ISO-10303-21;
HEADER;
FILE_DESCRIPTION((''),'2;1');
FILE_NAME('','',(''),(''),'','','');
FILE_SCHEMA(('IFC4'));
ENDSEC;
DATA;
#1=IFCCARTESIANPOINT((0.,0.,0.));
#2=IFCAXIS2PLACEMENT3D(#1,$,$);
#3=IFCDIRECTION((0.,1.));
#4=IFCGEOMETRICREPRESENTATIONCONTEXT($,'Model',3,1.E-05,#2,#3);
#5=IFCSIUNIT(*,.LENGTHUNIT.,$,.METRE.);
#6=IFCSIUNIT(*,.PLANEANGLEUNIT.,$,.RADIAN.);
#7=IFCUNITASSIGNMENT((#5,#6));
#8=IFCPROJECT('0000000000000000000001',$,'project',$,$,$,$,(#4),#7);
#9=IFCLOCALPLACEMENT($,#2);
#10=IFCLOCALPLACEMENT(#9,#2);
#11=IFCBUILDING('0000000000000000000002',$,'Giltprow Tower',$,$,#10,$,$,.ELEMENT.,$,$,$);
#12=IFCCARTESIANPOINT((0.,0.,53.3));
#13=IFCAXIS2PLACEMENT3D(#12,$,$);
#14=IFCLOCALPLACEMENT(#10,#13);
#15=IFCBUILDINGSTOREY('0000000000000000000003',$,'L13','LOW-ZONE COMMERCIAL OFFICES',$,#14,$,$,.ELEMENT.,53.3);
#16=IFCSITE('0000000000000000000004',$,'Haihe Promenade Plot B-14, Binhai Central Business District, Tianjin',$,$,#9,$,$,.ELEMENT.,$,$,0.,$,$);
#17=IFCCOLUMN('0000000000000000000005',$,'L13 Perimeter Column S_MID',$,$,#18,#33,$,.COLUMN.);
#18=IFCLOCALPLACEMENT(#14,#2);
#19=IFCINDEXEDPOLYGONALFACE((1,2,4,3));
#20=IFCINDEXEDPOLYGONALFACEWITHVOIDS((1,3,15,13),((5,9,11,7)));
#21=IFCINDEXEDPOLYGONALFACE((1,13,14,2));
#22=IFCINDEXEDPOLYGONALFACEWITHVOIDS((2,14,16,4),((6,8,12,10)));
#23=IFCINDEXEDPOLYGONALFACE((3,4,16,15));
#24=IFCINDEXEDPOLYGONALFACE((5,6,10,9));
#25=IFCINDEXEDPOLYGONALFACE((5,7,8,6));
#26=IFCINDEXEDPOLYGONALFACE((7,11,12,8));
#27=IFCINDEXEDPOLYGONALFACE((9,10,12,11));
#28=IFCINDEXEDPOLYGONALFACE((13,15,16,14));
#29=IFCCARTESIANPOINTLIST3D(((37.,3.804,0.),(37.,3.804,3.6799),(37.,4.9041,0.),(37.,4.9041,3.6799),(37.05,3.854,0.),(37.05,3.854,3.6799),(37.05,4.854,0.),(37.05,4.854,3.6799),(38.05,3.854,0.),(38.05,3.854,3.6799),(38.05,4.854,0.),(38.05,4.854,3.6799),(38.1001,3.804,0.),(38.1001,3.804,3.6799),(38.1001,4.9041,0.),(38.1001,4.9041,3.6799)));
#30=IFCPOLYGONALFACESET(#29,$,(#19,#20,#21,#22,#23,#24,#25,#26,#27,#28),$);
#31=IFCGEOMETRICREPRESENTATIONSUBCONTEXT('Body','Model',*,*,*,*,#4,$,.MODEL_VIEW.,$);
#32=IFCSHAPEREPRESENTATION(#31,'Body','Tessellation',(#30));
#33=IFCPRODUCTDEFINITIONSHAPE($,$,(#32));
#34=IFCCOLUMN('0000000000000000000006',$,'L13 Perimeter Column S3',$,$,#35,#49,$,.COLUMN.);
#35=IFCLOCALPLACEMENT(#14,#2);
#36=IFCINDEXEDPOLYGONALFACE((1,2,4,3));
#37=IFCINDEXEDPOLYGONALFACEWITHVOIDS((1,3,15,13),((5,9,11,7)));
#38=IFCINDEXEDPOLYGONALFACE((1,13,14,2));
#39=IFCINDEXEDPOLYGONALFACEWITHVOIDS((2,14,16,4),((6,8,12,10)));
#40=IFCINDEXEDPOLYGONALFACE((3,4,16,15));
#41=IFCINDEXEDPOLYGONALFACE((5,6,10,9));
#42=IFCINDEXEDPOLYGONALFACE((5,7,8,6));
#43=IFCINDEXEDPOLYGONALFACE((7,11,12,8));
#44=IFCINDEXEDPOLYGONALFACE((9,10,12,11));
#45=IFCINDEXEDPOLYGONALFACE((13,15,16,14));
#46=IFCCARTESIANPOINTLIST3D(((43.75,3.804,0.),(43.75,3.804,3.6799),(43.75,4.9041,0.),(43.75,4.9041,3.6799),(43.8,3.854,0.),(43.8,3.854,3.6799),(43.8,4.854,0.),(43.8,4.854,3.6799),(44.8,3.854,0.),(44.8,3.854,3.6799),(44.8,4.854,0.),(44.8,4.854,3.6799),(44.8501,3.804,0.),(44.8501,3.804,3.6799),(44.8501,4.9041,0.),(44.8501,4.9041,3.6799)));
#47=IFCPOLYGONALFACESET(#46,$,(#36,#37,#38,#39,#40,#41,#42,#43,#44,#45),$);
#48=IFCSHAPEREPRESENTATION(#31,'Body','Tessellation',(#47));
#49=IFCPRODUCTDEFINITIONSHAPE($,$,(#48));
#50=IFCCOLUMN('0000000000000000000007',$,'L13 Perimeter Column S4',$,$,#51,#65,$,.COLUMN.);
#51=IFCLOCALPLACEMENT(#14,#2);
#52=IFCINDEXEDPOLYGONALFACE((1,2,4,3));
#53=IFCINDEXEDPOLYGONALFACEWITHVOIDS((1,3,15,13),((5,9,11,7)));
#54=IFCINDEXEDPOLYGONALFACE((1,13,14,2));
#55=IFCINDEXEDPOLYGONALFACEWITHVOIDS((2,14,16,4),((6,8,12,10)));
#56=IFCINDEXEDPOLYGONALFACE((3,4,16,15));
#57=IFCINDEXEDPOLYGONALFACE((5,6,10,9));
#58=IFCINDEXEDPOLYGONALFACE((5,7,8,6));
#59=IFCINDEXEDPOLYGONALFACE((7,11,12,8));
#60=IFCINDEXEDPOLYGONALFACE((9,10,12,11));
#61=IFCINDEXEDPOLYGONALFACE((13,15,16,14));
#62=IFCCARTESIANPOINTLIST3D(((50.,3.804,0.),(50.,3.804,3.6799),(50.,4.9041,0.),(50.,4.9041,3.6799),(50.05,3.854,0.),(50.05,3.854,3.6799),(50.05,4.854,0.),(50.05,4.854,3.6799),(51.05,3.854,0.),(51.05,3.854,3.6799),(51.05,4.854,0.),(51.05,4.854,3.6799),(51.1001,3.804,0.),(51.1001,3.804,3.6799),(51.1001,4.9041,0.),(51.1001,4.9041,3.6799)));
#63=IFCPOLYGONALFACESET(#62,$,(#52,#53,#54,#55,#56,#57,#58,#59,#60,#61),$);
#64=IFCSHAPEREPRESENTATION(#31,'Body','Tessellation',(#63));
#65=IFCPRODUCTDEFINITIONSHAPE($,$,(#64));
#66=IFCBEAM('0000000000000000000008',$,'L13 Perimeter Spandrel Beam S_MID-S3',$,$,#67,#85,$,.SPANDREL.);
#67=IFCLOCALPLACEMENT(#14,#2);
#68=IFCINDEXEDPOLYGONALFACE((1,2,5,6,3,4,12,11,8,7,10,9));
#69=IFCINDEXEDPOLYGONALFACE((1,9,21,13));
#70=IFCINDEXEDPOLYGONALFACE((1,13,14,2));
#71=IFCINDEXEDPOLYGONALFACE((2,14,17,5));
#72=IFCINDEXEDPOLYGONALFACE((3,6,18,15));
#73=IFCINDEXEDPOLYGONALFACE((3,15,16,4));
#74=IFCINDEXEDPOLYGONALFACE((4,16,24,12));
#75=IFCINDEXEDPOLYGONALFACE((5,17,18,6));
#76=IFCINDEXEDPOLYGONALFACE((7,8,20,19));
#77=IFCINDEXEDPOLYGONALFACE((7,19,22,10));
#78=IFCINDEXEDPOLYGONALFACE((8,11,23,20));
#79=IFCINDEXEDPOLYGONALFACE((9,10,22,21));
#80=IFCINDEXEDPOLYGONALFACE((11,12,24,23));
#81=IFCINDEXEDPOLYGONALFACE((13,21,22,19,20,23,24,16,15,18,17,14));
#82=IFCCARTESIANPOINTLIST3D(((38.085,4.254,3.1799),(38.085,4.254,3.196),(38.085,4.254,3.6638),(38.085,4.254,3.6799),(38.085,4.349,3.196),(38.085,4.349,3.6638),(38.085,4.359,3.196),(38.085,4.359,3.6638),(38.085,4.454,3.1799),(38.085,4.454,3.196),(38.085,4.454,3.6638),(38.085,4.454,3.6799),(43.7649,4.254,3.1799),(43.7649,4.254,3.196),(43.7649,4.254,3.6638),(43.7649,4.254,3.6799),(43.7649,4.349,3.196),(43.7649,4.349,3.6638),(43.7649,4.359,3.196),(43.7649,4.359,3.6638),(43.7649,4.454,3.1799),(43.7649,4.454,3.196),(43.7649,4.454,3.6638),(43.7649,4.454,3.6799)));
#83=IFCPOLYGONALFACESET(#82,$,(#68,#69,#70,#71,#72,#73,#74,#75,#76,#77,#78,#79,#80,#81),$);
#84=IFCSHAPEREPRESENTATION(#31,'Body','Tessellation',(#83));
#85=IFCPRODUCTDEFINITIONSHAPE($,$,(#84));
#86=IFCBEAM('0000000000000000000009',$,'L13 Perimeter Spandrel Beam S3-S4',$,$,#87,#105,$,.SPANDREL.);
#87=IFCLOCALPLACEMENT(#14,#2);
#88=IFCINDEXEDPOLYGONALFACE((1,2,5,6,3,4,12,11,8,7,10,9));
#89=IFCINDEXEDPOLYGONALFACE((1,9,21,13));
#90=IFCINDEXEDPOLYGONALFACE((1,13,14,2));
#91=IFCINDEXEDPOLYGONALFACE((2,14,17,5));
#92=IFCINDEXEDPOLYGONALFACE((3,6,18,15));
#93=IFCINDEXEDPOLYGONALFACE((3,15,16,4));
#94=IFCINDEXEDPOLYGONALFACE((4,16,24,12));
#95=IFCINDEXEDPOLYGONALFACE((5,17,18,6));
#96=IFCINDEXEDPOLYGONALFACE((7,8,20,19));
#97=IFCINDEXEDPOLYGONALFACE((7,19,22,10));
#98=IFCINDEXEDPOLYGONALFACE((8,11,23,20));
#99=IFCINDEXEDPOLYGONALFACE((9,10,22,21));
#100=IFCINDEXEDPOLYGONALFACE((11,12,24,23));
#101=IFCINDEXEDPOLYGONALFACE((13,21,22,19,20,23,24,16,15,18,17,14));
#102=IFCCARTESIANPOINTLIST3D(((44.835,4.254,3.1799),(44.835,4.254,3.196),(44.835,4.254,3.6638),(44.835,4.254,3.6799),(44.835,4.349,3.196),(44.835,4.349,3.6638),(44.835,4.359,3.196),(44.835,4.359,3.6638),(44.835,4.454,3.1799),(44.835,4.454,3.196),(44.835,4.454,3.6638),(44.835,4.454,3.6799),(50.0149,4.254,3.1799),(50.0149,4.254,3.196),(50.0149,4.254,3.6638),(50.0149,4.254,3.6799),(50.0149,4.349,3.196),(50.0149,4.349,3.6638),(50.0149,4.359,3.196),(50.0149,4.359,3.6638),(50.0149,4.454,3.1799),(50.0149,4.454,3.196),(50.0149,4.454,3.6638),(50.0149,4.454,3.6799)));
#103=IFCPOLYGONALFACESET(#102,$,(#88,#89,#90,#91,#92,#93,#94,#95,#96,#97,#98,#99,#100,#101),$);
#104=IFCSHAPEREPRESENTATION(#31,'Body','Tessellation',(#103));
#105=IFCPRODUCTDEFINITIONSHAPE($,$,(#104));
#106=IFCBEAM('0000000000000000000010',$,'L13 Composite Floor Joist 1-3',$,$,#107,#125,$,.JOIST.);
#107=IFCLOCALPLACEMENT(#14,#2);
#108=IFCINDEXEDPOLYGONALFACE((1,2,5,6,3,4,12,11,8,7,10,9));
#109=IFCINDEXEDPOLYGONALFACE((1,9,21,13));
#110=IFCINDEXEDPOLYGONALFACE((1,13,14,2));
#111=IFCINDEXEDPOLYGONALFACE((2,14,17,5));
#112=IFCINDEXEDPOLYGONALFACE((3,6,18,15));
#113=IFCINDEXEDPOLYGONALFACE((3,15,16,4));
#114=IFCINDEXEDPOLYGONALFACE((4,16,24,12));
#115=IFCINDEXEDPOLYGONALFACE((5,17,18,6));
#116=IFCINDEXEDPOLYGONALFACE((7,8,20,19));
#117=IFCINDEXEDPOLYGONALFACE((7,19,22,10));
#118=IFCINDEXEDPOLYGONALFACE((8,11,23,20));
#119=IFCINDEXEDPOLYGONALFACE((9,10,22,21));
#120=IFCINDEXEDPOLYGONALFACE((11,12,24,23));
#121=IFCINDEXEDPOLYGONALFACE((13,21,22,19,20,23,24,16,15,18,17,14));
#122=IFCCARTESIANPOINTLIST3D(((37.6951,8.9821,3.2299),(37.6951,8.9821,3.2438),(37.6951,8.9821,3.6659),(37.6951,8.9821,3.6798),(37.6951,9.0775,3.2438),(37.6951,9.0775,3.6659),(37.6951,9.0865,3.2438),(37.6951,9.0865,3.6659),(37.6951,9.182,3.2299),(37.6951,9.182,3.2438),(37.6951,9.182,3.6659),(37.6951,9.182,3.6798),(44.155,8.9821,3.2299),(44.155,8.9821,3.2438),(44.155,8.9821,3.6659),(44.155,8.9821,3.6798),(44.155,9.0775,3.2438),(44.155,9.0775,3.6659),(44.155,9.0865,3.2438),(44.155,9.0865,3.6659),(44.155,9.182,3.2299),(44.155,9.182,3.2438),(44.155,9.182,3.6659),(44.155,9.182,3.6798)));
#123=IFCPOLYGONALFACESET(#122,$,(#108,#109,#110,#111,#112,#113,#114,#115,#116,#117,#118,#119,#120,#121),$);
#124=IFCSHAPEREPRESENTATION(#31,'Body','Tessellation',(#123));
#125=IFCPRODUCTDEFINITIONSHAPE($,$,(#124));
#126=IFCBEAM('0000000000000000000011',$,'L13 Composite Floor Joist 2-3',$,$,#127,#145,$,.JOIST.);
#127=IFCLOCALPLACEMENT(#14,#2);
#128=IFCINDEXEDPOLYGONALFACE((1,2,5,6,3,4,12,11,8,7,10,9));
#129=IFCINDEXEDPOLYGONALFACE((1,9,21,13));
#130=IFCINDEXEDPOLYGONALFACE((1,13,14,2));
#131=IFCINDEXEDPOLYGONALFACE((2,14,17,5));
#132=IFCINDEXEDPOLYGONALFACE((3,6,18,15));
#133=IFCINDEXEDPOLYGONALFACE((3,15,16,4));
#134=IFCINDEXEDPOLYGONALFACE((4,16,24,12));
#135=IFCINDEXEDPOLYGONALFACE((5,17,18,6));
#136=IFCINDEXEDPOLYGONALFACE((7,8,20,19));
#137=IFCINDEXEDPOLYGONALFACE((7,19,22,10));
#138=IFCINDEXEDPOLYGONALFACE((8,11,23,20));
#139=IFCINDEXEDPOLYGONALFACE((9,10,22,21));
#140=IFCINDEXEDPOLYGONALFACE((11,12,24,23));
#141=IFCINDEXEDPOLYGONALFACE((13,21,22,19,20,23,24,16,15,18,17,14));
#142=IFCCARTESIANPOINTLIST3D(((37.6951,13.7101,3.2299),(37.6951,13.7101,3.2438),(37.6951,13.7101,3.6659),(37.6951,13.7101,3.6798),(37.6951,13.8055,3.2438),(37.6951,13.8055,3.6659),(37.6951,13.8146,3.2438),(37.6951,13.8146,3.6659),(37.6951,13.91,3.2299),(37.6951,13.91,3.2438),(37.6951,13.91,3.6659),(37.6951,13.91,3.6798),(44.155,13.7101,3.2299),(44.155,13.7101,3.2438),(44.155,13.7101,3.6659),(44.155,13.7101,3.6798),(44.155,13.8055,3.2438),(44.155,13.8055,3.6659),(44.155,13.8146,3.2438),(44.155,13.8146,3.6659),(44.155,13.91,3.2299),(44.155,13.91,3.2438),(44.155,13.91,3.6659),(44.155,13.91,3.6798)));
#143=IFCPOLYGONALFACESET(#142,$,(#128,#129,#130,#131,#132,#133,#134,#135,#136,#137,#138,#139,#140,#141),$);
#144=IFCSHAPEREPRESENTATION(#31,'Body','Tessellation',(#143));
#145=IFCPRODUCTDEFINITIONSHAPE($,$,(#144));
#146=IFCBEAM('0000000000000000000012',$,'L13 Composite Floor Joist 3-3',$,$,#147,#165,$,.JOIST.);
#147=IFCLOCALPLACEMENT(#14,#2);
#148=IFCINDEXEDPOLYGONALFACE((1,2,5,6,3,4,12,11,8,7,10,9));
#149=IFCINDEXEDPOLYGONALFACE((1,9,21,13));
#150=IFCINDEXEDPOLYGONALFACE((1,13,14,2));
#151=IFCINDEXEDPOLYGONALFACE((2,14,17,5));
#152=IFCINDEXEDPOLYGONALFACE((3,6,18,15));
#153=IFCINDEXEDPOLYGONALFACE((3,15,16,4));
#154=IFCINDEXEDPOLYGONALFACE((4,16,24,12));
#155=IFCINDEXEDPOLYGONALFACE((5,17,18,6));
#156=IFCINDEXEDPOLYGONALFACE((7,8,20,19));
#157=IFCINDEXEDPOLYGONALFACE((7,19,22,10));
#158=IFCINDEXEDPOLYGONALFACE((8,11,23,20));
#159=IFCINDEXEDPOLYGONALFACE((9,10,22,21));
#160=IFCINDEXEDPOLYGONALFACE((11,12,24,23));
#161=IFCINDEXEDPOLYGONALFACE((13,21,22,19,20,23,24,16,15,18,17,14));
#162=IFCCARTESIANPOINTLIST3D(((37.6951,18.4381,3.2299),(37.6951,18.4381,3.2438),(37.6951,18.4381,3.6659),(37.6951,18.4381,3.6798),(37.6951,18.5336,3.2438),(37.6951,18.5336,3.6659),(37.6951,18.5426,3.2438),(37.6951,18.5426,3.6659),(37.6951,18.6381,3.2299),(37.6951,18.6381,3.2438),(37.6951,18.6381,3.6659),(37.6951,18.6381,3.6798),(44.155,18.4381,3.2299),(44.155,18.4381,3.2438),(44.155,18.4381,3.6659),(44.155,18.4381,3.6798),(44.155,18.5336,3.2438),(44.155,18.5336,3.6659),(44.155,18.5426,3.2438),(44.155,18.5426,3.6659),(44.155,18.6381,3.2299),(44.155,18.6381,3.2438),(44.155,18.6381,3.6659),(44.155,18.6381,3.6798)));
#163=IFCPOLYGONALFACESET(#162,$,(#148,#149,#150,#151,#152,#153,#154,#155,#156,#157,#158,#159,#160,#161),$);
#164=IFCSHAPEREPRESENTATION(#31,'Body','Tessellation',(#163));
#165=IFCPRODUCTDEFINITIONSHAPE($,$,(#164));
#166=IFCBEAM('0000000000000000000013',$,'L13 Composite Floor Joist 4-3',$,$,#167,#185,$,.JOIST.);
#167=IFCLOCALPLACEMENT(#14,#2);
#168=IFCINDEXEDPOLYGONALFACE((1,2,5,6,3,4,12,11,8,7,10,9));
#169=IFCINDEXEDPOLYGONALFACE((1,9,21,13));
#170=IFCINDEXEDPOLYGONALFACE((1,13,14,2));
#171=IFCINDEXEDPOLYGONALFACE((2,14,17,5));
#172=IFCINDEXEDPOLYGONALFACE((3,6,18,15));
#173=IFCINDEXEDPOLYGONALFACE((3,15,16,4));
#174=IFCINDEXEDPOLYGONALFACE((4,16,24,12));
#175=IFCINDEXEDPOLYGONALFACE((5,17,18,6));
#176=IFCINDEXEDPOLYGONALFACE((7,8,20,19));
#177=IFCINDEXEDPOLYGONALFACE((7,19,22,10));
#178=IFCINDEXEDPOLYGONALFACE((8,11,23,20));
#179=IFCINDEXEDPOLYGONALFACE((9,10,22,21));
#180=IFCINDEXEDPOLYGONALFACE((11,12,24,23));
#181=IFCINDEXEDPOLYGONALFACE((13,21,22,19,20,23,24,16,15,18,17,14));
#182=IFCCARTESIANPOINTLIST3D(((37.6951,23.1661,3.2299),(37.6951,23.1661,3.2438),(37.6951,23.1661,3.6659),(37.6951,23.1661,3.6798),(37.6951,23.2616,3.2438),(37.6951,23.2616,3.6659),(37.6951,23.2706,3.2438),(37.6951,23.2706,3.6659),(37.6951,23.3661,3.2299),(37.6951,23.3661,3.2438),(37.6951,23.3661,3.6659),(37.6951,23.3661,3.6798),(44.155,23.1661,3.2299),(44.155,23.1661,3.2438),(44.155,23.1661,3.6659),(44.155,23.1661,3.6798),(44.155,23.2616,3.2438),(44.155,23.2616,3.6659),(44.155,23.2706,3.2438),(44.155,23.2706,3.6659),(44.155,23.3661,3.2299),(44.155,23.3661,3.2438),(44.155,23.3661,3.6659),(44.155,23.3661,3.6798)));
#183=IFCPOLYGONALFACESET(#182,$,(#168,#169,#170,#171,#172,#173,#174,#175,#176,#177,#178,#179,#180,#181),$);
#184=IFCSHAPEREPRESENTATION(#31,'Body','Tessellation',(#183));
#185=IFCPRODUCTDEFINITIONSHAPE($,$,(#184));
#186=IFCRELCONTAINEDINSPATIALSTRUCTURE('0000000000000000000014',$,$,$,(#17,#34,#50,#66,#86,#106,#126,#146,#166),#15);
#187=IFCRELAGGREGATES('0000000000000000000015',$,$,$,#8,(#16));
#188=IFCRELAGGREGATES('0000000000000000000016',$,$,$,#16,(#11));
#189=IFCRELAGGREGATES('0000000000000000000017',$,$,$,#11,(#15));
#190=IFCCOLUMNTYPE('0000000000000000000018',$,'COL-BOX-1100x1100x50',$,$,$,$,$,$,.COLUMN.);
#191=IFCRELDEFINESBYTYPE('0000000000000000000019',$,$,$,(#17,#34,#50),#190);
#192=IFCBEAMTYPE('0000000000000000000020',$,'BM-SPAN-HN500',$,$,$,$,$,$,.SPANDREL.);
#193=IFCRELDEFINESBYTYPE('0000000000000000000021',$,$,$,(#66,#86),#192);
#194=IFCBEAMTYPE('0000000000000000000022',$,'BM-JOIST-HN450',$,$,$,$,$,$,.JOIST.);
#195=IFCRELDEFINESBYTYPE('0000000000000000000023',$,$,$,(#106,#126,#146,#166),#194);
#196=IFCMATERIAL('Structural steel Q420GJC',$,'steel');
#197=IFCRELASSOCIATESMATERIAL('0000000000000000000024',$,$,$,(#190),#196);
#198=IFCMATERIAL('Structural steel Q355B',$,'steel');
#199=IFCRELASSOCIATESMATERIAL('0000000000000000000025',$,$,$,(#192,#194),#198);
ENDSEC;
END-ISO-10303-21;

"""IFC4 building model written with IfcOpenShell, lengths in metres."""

from ifc_helpers import new_model, si_unit, direction, frame, origin, origin_2d, place, context, subcontext, project, spatial, hollow_rectangle, i_section, extrude, source, transform, mapped, material, material_profile, profile_set, type_object, element, save


model = new_model("IFC4")

# Units and contexts
model_context = context("Model", 3, precision=1e-05, world=origin(), true_north=direction((0.0, 1.0)))
body_context = subcontext(model_context, "Body", "Model", "MODEL_VIEW")
ifc_project = project(units=[si_unit("LENGTHUNIT", "METRE"), si_unit("PLANEANGLEUNIT", "RADIAN")], contexts=[model_context])

# Site, building, storey
site_placement = place(None, origin())
site = spatial("IfcSite", under=ifc_project, at=site_placement, Name="Haihe Promenade Plot B-14, Binhai Central Business District, Tianjin", CompositionType="ELEMENT", RefElevation=0.0)
building_placement = place(site_placement, origin())
building = spatial("IfcBuilding", under=site, at=building_placement, Name="Giltprow Tower", CompositionType="ELEMENT")
storey_placement = place(building_placement, frame((0.0, 0.0, 53.3)))
storey = spatial("IfcBuildingStorey", under=building, at=storey_placement, Name="L13", Description="LOW-ZONE COMMERCIAL OFFICES", CompositionType="ELEMENT", Elevation=53.3)

# Columns
ifc_material_1 = material(Name="Structural steel Q420GJC", Category="steel")
ifc_material_profile_1 = material_profile(ifc_material_1, hollow_rectangle(XDim=1.1001, YDim=1.1001, WallThickness=0.05, at=origin_2d()), Name="BOX 1100x1100x50")
ifc_profile_set_1 = profile_set([ifc_material_profile_1], Name="Structural steel Q420GJC")
column_type = type_object("IfcColumnType", Name="COL-BOX-1100x1100x50", PredefinedType="COLUMN", material=ifc_profile_set_1)
shared_shape_1 = source(origin(), body_context, "Body", "SweptSolid", [
    extrude(hollow_rectangle(XDim=1.1001, YDim=1.1001, WallThickness=0.05, at=origin_2d()), origin(), (0.0, 0.0, 1.0), 3.6799),
])
for number, where, z_axis, x_axis, name in (
    (1, (37.55, 4.354, 0.0), (0.0, 0.0, 1.0), (1.0, 0.0, 0.0), "L13 Perimeter Column S_MID"),
    (2, (44.3, 4.354, 0.0), (0.0, 0.0, 1.0), (1.0, 0.0, 0.0), "L13 Perimeter Column S3"),
    (3, (50.55, 4.354, 0.0), (0.0, 0.0, 1.0), (1.0, 0.0, 0.0), "L13 Perimeter Column S4"),
):
    element("IfcColumn", number, at=place(storey_placement, frame(where, z_axis=z_axis, x_axis=x_axis)), inside=storey, type_object=column_type, Name=name, PredefinedType="COLUMN", context=body_context, shape_type="MappedRepresentation", body=[
        mapped(shared_shape_1, transform((0.0, 0.0, 0.0), x_axis=(1.0, 0.0, 0.0), y_axis=(0.0, 1.0, 0.0), z_axis=(0.0, 0.0, 1.0), scale=1.0)),
    ])

# Beams
ifc_material_2 = material(Name="Structural steel Q355B", Category="steel")
ifc_material_profile_2 = material_profile(ifc_material_2, i_section(OverallWidth=0.2, OverallDepth=0.5, WebThickness=0.01, FlangeThickness=0.0161, at=origin_2d()), Name="HN 500x200x10x16")
ifc_profile_set_2 = profile_set([ifc_material_profile_2], Name="Structural steel Q355B")
beam_type_1 = type_object("IfcBeamType", Name="BM-SPAN-HN500", PredefinedType="SPANDREL", material=ifc_profile_set_2)
shared_shape_2 = source(origin(), body_context, "Body", "SweptSolid", [
    extrude(i_section(OverallWidth=0.2, OverallDepth=0.5, WebThickness=0.01, FlangeThickness=0.0161, at=origin_2d()), origin(), (0.0, 0.0, 1.0), 5.6799),
])
beam_1_placement = place(storey_placement, frame((38.085, 4.354, 3.4299), z_axis=(1.0, 0.0, 0.0), x_axis=(0.0, 1.0, 0.0)))
element("IfcBeam", 4, at=beam_1_placement, inside=storey, type_object=beam_type_1, Name="L13 Perimeter Spandrel Beam S_MID-S3", PredefinedType="SPANDREL", context=body_context, shape_type="MappedRepresentation", body=[
    mapped(shared_shape_2, transform((0.0, 0.0, 0.0), x_axis=(1.0, 0.0, 0.0), y_axis=(0.0, 1.0, 0.0), z_axis=(0.0, 0.0, 1.0), scale=1.0)),
])
shared_shape_3 = source(origin(), body_context, "Body", "SweptSolid", [
    extrude(i_section(OverallWidth=0.2, OverallDepth=0.5, WebThickness=0.01, FlangeThickness=0.0161, at=origin_2d()), origin(), (0.0, 0.0, 1.0), 5.1799),
])
beam_2_placement = place(storey_placement, frame((44.835, 4.354, 3.4299), z_axis=(1.0, 0.0, 0.0), x_axis=(0.0, 1.0, 0.0)))
element("IfcBeam", 5, at=beam_2_placement, inside=storey, type_object=beam_type_1, Name="L13 Perimeter Spandrel Beam S3-S4", PredefinedType="SPANDREL", context=body_context, shape_type="MappedRepresentation", body=[
    mapped(shared_shape_3, transform((0.0, 0.0, 0.0), x_axis=(1.0, 0.0, 0.0), y_axis=(0.0, 1.0, 0.0), z_axis=(0.0, 0.0, 1.0), scale=1.0)),
])
ifc_material_profile_3 = material_profile(ifc_material_2, i_section(OverallWidth=0.2, OverallDepth=0.45, WebThickness=0.009, FlangeThickness=0.0139, at=origin_2d()), Name="HN 450x200x9x14")
ifc_profile_set_3 = profile_set([ifc_material_profile_3], Name="Structural steel Q355B")
beam_type_2 = type_object("IfcBeamType", Name="BM-JOIST-HN450", PredefinedType="JOIST", material=ifc_profile_set_3)
shared_shape_4 = source(origin(), body_context, "Body", "SweptSolid", [
    extrude(i_section(OverallWidth=0.2, OverallDepth=0.45, WebThickness=0.009, FlangeThickness=0.0139, at=origin_2d()), origin(), (0.0, 0.0, 1.0), 6.46),
])
for number, where, z_axis, x_axis, name in (
    (6, (37.6951, 9.082, 3.4548), (1.0, 0.0, 0.0), (0.0, 1.0, 0.0), "L13 Composite Floor Joist 1-3"),
    (7, (37.6951, 13.8101, 3.4548), (1.0, 0.0, 0.0), (0.0, 1.0, 0.0), "L13 Composite Floor Joist 2-3"),
    (8, (37.6951, 18.5381, 3.4548), (1.0, 0.0, 0.0), (0.0, 1.0, 0.0), "L13 Composite Floor Joist 3-3"),
    (9, (37.6951, 23.2661, 3.4548), (1.0, 0.0, 0.0), (0.0, 1.0, 0.0), "L13 Composite Floor Joist 4-3"),
):
    element("IfcBeam", number, at=place(storey_placement, frame(where, z_axis=z_axis, x_axis=x_axis)), inside=storey, type_object=beam_type_2, Name=name, PredefinedType="JOIST", context=body_context, shape_type="MappedRepresentation", body=[
        mapped(shared_shape_4, transform((0.0, 0.0, 0.0), x_axis=(1.0, 0.0, 0.0), y_axis=(0.0, 1.0, 0.0), z_axis=(0.0, 0.0, 1.0), scale=1.0)),
    ])

save(model, "model.ifc")
